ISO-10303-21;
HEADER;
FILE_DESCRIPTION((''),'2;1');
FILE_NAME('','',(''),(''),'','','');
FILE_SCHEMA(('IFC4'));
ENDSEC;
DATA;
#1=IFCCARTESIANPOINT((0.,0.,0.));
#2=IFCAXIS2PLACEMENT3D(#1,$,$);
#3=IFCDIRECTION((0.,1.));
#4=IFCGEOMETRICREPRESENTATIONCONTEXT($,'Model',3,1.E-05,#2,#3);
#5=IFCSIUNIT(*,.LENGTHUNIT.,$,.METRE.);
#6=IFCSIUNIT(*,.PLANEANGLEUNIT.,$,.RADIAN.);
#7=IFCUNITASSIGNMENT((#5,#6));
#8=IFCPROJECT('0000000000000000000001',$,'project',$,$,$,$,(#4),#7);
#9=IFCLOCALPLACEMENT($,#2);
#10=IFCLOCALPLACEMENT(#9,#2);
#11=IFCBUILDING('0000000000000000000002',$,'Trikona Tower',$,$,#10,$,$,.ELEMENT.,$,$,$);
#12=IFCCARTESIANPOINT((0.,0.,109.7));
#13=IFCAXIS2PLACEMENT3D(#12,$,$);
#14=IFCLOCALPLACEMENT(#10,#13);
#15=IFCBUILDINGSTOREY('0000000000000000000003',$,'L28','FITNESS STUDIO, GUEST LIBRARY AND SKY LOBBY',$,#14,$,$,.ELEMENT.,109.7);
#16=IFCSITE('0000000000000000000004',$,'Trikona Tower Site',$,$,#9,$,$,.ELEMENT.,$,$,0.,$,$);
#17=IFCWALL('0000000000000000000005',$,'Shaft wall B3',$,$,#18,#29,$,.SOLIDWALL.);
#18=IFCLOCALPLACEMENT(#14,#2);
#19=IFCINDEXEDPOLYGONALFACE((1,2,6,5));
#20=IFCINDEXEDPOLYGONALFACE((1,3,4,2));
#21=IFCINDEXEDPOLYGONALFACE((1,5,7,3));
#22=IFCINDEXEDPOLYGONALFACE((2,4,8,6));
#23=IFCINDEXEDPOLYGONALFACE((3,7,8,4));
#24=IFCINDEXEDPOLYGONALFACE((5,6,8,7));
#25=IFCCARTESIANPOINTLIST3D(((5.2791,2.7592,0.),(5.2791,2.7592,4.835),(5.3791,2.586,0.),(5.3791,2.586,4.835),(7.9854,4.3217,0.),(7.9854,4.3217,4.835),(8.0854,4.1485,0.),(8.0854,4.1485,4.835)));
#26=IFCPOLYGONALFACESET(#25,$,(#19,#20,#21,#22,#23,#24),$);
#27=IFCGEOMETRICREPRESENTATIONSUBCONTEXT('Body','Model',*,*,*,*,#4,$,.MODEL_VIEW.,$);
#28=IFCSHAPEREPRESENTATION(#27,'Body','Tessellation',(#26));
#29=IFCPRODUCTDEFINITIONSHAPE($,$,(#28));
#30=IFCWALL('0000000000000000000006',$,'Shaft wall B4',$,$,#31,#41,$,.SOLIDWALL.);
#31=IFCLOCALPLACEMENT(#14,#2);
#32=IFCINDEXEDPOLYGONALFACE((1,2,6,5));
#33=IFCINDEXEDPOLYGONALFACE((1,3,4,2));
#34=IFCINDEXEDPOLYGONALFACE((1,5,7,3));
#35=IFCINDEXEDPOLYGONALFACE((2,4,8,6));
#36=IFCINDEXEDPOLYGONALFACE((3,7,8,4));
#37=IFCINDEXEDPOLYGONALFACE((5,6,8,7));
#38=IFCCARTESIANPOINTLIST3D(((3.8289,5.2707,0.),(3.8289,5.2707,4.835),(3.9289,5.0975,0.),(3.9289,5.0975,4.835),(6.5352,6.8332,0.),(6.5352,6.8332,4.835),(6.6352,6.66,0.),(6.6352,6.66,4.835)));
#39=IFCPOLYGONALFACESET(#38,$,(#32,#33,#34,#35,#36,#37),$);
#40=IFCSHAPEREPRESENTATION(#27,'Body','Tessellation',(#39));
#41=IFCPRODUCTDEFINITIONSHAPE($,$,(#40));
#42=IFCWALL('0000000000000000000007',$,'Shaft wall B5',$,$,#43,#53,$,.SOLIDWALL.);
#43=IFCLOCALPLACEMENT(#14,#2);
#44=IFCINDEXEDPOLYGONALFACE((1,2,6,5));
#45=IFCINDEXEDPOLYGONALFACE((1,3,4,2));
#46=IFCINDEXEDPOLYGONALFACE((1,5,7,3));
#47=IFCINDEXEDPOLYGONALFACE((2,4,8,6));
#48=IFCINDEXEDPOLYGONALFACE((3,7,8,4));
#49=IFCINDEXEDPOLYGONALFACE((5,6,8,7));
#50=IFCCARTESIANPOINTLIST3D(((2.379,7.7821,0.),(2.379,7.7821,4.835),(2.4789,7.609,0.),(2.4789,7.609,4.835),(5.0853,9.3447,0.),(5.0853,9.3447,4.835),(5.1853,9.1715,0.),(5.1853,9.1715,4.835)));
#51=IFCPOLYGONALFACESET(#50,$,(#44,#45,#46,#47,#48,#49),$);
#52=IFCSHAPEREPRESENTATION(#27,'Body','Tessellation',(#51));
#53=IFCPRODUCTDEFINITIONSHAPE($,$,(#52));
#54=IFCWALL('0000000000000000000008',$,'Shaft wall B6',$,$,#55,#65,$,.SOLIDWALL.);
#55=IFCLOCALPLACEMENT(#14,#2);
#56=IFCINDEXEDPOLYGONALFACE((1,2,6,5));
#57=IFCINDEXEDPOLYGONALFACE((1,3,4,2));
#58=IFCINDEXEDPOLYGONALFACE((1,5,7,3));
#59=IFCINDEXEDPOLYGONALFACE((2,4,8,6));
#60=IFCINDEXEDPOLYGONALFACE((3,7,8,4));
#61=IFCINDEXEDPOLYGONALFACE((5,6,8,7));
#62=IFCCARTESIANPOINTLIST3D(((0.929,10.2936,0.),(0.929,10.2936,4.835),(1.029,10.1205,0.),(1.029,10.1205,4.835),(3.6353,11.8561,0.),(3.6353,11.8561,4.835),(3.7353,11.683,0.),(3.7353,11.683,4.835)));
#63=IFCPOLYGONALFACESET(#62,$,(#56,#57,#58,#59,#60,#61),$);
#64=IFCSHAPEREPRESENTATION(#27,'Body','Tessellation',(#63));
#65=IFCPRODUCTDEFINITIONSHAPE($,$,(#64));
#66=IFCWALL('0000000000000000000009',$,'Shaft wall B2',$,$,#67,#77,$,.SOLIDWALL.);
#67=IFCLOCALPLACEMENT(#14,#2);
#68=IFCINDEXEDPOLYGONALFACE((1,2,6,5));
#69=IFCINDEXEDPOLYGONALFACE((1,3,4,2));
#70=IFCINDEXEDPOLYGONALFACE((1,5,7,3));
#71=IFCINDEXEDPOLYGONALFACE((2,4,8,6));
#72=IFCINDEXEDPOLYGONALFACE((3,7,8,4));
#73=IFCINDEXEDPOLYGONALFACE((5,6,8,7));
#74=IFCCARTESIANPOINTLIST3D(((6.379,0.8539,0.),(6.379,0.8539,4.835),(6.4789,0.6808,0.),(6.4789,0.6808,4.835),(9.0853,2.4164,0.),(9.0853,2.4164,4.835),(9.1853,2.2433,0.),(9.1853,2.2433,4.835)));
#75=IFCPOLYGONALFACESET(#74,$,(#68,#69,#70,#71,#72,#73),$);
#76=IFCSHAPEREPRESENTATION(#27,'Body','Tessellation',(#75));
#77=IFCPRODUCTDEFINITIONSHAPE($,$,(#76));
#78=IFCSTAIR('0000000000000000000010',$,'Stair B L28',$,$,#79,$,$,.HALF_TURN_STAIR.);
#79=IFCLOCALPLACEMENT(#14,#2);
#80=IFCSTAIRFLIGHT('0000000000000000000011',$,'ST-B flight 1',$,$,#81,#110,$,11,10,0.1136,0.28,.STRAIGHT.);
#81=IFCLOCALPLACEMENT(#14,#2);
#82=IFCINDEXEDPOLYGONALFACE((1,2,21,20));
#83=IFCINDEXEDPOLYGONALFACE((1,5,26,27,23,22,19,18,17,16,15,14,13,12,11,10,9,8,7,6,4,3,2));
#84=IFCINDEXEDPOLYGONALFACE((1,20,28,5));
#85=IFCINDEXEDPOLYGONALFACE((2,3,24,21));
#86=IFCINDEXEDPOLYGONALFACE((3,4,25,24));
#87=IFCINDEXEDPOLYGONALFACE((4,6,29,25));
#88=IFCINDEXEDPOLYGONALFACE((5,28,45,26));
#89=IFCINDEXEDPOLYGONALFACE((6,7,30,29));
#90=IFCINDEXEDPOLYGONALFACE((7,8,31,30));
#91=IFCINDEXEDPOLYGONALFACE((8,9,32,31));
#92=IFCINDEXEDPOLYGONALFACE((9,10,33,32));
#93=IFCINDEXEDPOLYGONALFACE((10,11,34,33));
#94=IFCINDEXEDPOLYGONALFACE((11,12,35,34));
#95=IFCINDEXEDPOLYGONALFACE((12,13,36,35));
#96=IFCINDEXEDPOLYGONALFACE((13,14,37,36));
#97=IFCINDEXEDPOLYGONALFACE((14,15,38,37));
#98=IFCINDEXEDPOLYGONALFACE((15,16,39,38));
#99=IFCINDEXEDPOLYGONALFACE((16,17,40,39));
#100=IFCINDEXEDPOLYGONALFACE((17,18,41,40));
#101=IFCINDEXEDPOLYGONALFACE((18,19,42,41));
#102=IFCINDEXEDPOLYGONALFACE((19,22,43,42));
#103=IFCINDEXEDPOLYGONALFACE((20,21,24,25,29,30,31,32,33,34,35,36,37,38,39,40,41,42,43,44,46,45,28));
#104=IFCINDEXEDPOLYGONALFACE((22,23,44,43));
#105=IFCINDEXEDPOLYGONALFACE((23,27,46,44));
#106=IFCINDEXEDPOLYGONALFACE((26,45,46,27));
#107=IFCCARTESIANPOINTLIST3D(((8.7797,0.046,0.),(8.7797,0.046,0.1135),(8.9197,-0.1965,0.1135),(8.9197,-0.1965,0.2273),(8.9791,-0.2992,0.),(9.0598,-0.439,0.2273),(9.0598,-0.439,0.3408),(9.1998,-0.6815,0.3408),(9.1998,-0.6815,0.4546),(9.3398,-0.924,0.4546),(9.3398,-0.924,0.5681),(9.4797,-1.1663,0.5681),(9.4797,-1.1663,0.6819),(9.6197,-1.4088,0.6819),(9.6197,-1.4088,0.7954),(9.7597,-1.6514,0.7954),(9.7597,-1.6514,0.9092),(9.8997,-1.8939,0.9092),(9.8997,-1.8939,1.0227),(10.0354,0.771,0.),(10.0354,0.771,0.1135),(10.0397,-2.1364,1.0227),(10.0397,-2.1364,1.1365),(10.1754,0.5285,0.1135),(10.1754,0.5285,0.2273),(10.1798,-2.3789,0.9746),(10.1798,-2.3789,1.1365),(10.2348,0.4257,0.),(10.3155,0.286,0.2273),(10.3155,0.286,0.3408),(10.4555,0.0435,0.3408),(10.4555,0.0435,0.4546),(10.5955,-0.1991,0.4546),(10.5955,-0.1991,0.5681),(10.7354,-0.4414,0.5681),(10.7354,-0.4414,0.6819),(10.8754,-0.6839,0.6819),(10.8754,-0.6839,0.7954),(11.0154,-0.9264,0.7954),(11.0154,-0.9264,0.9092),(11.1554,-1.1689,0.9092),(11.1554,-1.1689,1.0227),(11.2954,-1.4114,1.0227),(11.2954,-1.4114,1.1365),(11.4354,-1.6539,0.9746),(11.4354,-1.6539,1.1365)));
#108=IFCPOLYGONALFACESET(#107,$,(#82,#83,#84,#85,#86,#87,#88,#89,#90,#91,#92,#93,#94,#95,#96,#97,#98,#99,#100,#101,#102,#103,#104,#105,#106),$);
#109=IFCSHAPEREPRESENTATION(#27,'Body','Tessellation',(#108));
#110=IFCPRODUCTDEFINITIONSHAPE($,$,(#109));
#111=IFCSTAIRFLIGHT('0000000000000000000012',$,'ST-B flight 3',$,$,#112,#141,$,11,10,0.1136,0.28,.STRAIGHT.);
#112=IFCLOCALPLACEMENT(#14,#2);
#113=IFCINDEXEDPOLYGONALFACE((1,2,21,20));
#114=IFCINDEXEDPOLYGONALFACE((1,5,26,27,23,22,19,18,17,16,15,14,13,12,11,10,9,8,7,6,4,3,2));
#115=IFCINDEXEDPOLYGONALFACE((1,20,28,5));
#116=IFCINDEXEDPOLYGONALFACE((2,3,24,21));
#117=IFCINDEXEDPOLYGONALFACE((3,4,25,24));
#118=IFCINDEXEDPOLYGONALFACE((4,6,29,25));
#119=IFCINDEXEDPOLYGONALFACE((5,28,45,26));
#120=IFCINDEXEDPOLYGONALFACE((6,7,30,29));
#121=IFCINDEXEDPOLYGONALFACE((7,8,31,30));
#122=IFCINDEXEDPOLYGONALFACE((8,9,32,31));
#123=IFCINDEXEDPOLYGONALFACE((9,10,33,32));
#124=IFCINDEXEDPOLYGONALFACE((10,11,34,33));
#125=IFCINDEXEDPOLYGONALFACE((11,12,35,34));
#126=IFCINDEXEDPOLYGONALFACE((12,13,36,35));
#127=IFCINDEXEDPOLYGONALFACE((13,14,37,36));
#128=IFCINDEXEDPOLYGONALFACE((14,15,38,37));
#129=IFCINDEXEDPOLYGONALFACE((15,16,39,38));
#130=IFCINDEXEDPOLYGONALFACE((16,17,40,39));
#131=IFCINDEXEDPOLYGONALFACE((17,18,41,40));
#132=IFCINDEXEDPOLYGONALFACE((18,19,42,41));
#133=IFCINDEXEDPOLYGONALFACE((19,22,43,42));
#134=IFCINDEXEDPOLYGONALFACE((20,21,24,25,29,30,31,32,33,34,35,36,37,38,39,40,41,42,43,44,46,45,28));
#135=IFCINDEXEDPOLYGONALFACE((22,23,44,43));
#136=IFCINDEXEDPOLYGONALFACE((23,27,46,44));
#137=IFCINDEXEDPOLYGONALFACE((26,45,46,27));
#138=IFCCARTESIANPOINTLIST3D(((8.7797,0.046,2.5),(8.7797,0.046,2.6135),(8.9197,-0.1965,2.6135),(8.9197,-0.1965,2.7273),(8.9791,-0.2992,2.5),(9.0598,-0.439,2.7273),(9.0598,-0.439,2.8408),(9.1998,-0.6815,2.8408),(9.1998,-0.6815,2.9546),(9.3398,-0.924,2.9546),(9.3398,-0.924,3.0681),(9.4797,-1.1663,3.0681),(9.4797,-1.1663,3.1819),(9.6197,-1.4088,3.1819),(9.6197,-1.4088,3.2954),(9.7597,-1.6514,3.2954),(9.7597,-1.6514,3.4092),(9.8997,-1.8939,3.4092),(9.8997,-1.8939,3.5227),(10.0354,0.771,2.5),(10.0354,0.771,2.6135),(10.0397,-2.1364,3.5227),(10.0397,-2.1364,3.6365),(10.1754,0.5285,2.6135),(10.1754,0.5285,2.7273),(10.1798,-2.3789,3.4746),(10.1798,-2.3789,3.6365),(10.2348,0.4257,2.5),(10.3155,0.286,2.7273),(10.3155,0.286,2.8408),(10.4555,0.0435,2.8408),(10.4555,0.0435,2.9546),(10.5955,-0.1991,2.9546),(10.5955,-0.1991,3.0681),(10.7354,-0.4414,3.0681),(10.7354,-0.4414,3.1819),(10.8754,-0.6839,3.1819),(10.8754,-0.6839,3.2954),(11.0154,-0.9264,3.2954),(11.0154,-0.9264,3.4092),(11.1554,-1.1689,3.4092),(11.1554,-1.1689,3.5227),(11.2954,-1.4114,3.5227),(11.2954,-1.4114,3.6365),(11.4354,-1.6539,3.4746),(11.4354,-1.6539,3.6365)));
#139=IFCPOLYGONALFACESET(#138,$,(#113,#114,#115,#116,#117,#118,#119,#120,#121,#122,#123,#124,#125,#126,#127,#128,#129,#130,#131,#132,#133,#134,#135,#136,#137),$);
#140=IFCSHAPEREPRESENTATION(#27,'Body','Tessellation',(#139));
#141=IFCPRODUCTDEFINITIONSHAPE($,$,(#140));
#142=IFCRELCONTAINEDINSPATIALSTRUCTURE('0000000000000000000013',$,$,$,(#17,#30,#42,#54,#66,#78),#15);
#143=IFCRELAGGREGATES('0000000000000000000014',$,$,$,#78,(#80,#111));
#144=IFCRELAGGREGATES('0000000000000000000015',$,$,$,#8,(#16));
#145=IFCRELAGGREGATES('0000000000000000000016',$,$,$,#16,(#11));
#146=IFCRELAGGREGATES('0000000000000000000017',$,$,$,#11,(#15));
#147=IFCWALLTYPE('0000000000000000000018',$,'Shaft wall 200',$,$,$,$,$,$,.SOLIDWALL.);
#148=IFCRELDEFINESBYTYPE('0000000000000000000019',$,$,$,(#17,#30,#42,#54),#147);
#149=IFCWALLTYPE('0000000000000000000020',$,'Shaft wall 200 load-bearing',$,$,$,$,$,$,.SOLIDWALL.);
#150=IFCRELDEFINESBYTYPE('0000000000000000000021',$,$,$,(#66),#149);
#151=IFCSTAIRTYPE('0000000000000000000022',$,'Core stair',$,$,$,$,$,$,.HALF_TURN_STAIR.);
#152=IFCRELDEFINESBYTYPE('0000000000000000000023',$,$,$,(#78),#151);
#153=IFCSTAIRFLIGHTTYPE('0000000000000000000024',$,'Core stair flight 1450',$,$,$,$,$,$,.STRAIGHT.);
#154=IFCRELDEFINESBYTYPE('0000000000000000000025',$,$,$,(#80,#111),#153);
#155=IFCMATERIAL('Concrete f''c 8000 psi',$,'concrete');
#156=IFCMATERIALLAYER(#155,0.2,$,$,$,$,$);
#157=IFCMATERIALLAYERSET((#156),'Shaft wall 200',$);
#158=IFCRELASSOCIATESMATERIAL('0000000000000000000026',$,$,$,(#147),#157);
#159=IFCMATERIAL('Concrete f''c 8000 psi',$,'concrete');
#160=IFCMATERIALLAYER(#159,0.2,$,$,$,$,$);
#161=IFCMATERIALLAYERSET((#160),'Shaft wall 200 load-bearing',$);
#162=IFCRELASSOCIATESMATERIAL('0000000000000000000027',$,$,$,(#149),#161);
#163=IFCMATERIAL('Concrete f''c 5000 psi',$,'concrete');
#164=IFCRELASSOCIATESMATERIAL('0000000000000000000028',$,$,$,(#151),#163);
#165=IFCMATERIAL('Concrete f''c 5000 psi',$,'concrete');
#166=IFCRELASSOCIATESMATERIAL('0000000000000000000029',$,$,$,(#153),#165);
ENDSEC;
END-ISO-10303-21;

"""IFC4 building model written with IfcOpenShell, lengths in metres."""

from ifc_helpers import new_model, si_unit, direction, frame, frame_2d, origin, place, context, subcontext, project, spatial, polyline, rectangle, outline, extrude, material, layer, layer_set, type_object, element, aggregate, save


model = new_model("IFC4")

# Units and contexts
model_context = context("Model", 3, precision=1e-05, world=origin(), true_north=direction((0.0, 1.0)))
body_context = subcontext(model_context, "Body", "Model", "MODEL_VIEW")
ifc_project = project(units=[si_unit("LENGTHUNIT", "METRE"), si_unit("PLANEANGLEUNIT", "RADIAN")], contexts=[model_context])

# Site, building, storey
site_placement = place(None, origin())
site = spatial("IfcSite", under=ifc_project, at=site_placement, Name="Trikona Tower Site", CompositionType="ELEMENT", RefElevation=0.0)
building_placement = place(site_placement, origin())
building = spatial("IfcBuilding", under=site, at=building_placement, Name="Trikona Tower", CompositionType="ELEMENT")
storey_placement = place(building_placement, frame((0.0, 0.0, 109.7)))
storey = spatial("IfcBuildingStorey", under=building, at=storey_placement, Name="L28", Description="FITNESS STUDIO, GUEST LIBRARY AND SKY LOBBY", CompositionType="ELEMENT", Elevation=109.7)

# Walls
ifc_material_1 = material(Name="Concrete f'c 8000 psi", Category="concrete")
ifc_layer_1 = layer(ifc_material_1, 0.2)
ifc_layer_set_1 = layer_set([ifc_layer_1], Name="Shaft wall 200")
wall_type_1 = type_object("IfcWallType", Name="Shaft wall 200", PredefinedType="SOLIDWALL", material=ifc_layer_set_1)
for number, where, z_axis, x_axis, name in (
    (1, (5.3291, 2.6726, 0.0), (0.0, 0.0, 1.0), (0.866023, 0.500004, 0.0), "Shaft wall B3"),
    (2, (3.8789, 5.1841, 0.0), (0.0, 0.0, 1.0), (0.866023, 0.500004, 0.0), "Shaft wall B4"),
    (3, (2.429, 7.6956, 0.0), (0.0, 0.0, 1.0), (0.866023, 0.500004, 0.0), "Shaft wall B5"),
    (4, (0.979, 10.207, 0.0), (0.0, 0.0, 1.0), (0.866023, 0.500004, 0.0), "Shaft wall B6"),
):
    element("IfcWall", number, at=place(storey_placement, frame(where, z_axis=z_axis, x_axis=x_axis)), inside=storey, type_object=wall_type_1, Name=name, PredefinedType="SOLIDWALL", context=body_context, shape_type="SweptSolid", body=[
        extrude(rectangle(XDim=3.125, YDim=0.2, at=frame_2d((1.5625, 0.0))), origin(), (0.0, 0.0, 1.0), 4.835),
    ])
ifc_material_2 = material(Name="Concrete f'c 8000 psi", Category="concrete")
ifc_layer_2 = layer(ifc_material_2, 0.2)
ifc_layer_set_2 = layer_set([ifc_layer_2], Name="Shaft wall 200 load-bearing")
wall_type_2 = type_object("IfcWallType", Name="Shaft wall 200 load-bearing", PredefinedType="SOLIDWALL", material=ifc_layer_set_2)
wall_1_placement = place(storey_placement, frame((6.429, 0.7673, 0.0), z_axis=(0.0, 0.0, 1.0), x_axis=(0.866023, 0.500004, 0.0)))
element("IfcWall", 5, at=wall_1_placement, inside=storey, type_object=wall_type_2, Name="Shaft wall B2", PredefinedType="SOLIDWALL", context=body_context, shape_type="SweptSolid", body=[
    extrude(rectangle(XDim=3.125, YDim=0.2, at=frame_2d((1.5625, 0.0))), origin(), (0.0, 0.0, 1.0), 4.835),
])

# Stair, stair flights
ifc_material_3 = material(Name="Concrete f'c 5000 psi", Category="concrete")
stair_type = type_object("IfcStairType", Name="Core stair", PredefinedType="HALF_TURN_STAIR", material=ifc_material_3)
stair_placement = place(storey_placement, origin())
stair = element("IfcStair", 6, at=stair_placement, inside=storey, type_object=stair_type, Name="Stair B L28", PredefinedType="HALF_TURN_STAIR")
ifc_material_4 = material(Name="Concrete f'c 5000 psi", Category="concrete")
stair_flight_type = type_object("IfcStairFlightType", Name="Core stair flight 1450", PredefinedType="STRAIGHT", material=ifc_material_4)
stair_flight_1_placement = place(storey_placement, frame((9.4075, 0.4084, 0.0), z_axis=(0.0, 0.0, 1.0), x_axis=(0.5, -0.866025, 0.0)))
stair_flight_1 = element("IfcStairFlight", 7, at=stair_flight_1_placement, type_object=stair_flight_type, Name="ST-B flight 1", NumberOfRisers=11, NumberOfTreads=10, PredefinedType="STRAIGHT", RiserHeight=0.1136, TreadLength=0.28, context=body_context, shape_type="SweptSolid", body=[
    extrude(outline(polyline([(0.0, 0.0), (0.0, 0.1135), (0.28, 0.1135), (0.28, 0.2273), (0.5601, 0.2273), (0.5601, 0.3408), (0.8401, 0.3408), (0.8401, 0.4546), (1.1201, 0.4546), (1.1201, 0.5681), (1.3999, 0.5681), (1.3999, 0.6819), (1.6799, 0.6819), (1.6799, 0.7954), (1.96, 0.7954), (1.96, 0.9092), (2.24, 0.9092), (2.24, 1.0227), (2.52, 1.0227), (2.52, 1.1365), (2.8, 1.1365), (2.8, 1.25), (2.8, 0.9746), (0.3987, 0.0), (0.0, 0.0)])), frame((0.0, 0.7251, 0.0), z_axis=(0.0, -1.0, 0.0), x_axis=(1.0, 0.0, 0.0)), (0.0, 0.0, 1.0), 1.45),
])
stair_flight_2_placement = place(storey_placement, frame((9.4075, 0.4084, 2.5), z_axis=(0.0, 0.0, 1.0), x_axis=(0.5, -0.866025, 0.0)))
stair_flight_2 = element("IfcStairFlight", 8, at=stair_flight_2_placement, type_object=stair_flight_type, Name="ST-B flight 3", NumberOfRisers=11, NumberOfTreads=10, PredefinedType="STRAIGHT", RiserHeight=0.1136, TreadLength=0.28, context=body_context, shape_type="SweptSolid", body=[
    extrude(outline(polyline([(0.0, 0.0), (0.0, 0.1135), (0.28, 0.1135), (0.28, 0.2273), (0.5601, 0.2273), (0.5601, 0.3408), (0.8401, 0.3408), (0.8401, 0.4546), (1.1201, 0.4546), (1.1201, 0.5681), (1.3999, 0.5681), (1.3999, 0.6819), (1.6799, 0.6819), (1.6799, 0.7954), (1.96, 0.7954), (1.96, 0.9092), (2.24, 0.9092), (2.24, 1.0227), (2.52, 1.0227), (2.52, 1.1365), (2.8, 1.1365), (2.8, 1.25), (2.8, 0.9746), (0.3987, 0.0), (0.0, 0.0)])), frame((0.0, 0.7251, 0.0), z_axis=(0.0, -1.0, 0.0), x_axis=(1.0, 0.0, 0.0)), (0.0, 0.0, 1.0), 1.45),
])
aggregate(stair, [stair_flight_1, stair_flight_2])

save(model, "model.ifc")
